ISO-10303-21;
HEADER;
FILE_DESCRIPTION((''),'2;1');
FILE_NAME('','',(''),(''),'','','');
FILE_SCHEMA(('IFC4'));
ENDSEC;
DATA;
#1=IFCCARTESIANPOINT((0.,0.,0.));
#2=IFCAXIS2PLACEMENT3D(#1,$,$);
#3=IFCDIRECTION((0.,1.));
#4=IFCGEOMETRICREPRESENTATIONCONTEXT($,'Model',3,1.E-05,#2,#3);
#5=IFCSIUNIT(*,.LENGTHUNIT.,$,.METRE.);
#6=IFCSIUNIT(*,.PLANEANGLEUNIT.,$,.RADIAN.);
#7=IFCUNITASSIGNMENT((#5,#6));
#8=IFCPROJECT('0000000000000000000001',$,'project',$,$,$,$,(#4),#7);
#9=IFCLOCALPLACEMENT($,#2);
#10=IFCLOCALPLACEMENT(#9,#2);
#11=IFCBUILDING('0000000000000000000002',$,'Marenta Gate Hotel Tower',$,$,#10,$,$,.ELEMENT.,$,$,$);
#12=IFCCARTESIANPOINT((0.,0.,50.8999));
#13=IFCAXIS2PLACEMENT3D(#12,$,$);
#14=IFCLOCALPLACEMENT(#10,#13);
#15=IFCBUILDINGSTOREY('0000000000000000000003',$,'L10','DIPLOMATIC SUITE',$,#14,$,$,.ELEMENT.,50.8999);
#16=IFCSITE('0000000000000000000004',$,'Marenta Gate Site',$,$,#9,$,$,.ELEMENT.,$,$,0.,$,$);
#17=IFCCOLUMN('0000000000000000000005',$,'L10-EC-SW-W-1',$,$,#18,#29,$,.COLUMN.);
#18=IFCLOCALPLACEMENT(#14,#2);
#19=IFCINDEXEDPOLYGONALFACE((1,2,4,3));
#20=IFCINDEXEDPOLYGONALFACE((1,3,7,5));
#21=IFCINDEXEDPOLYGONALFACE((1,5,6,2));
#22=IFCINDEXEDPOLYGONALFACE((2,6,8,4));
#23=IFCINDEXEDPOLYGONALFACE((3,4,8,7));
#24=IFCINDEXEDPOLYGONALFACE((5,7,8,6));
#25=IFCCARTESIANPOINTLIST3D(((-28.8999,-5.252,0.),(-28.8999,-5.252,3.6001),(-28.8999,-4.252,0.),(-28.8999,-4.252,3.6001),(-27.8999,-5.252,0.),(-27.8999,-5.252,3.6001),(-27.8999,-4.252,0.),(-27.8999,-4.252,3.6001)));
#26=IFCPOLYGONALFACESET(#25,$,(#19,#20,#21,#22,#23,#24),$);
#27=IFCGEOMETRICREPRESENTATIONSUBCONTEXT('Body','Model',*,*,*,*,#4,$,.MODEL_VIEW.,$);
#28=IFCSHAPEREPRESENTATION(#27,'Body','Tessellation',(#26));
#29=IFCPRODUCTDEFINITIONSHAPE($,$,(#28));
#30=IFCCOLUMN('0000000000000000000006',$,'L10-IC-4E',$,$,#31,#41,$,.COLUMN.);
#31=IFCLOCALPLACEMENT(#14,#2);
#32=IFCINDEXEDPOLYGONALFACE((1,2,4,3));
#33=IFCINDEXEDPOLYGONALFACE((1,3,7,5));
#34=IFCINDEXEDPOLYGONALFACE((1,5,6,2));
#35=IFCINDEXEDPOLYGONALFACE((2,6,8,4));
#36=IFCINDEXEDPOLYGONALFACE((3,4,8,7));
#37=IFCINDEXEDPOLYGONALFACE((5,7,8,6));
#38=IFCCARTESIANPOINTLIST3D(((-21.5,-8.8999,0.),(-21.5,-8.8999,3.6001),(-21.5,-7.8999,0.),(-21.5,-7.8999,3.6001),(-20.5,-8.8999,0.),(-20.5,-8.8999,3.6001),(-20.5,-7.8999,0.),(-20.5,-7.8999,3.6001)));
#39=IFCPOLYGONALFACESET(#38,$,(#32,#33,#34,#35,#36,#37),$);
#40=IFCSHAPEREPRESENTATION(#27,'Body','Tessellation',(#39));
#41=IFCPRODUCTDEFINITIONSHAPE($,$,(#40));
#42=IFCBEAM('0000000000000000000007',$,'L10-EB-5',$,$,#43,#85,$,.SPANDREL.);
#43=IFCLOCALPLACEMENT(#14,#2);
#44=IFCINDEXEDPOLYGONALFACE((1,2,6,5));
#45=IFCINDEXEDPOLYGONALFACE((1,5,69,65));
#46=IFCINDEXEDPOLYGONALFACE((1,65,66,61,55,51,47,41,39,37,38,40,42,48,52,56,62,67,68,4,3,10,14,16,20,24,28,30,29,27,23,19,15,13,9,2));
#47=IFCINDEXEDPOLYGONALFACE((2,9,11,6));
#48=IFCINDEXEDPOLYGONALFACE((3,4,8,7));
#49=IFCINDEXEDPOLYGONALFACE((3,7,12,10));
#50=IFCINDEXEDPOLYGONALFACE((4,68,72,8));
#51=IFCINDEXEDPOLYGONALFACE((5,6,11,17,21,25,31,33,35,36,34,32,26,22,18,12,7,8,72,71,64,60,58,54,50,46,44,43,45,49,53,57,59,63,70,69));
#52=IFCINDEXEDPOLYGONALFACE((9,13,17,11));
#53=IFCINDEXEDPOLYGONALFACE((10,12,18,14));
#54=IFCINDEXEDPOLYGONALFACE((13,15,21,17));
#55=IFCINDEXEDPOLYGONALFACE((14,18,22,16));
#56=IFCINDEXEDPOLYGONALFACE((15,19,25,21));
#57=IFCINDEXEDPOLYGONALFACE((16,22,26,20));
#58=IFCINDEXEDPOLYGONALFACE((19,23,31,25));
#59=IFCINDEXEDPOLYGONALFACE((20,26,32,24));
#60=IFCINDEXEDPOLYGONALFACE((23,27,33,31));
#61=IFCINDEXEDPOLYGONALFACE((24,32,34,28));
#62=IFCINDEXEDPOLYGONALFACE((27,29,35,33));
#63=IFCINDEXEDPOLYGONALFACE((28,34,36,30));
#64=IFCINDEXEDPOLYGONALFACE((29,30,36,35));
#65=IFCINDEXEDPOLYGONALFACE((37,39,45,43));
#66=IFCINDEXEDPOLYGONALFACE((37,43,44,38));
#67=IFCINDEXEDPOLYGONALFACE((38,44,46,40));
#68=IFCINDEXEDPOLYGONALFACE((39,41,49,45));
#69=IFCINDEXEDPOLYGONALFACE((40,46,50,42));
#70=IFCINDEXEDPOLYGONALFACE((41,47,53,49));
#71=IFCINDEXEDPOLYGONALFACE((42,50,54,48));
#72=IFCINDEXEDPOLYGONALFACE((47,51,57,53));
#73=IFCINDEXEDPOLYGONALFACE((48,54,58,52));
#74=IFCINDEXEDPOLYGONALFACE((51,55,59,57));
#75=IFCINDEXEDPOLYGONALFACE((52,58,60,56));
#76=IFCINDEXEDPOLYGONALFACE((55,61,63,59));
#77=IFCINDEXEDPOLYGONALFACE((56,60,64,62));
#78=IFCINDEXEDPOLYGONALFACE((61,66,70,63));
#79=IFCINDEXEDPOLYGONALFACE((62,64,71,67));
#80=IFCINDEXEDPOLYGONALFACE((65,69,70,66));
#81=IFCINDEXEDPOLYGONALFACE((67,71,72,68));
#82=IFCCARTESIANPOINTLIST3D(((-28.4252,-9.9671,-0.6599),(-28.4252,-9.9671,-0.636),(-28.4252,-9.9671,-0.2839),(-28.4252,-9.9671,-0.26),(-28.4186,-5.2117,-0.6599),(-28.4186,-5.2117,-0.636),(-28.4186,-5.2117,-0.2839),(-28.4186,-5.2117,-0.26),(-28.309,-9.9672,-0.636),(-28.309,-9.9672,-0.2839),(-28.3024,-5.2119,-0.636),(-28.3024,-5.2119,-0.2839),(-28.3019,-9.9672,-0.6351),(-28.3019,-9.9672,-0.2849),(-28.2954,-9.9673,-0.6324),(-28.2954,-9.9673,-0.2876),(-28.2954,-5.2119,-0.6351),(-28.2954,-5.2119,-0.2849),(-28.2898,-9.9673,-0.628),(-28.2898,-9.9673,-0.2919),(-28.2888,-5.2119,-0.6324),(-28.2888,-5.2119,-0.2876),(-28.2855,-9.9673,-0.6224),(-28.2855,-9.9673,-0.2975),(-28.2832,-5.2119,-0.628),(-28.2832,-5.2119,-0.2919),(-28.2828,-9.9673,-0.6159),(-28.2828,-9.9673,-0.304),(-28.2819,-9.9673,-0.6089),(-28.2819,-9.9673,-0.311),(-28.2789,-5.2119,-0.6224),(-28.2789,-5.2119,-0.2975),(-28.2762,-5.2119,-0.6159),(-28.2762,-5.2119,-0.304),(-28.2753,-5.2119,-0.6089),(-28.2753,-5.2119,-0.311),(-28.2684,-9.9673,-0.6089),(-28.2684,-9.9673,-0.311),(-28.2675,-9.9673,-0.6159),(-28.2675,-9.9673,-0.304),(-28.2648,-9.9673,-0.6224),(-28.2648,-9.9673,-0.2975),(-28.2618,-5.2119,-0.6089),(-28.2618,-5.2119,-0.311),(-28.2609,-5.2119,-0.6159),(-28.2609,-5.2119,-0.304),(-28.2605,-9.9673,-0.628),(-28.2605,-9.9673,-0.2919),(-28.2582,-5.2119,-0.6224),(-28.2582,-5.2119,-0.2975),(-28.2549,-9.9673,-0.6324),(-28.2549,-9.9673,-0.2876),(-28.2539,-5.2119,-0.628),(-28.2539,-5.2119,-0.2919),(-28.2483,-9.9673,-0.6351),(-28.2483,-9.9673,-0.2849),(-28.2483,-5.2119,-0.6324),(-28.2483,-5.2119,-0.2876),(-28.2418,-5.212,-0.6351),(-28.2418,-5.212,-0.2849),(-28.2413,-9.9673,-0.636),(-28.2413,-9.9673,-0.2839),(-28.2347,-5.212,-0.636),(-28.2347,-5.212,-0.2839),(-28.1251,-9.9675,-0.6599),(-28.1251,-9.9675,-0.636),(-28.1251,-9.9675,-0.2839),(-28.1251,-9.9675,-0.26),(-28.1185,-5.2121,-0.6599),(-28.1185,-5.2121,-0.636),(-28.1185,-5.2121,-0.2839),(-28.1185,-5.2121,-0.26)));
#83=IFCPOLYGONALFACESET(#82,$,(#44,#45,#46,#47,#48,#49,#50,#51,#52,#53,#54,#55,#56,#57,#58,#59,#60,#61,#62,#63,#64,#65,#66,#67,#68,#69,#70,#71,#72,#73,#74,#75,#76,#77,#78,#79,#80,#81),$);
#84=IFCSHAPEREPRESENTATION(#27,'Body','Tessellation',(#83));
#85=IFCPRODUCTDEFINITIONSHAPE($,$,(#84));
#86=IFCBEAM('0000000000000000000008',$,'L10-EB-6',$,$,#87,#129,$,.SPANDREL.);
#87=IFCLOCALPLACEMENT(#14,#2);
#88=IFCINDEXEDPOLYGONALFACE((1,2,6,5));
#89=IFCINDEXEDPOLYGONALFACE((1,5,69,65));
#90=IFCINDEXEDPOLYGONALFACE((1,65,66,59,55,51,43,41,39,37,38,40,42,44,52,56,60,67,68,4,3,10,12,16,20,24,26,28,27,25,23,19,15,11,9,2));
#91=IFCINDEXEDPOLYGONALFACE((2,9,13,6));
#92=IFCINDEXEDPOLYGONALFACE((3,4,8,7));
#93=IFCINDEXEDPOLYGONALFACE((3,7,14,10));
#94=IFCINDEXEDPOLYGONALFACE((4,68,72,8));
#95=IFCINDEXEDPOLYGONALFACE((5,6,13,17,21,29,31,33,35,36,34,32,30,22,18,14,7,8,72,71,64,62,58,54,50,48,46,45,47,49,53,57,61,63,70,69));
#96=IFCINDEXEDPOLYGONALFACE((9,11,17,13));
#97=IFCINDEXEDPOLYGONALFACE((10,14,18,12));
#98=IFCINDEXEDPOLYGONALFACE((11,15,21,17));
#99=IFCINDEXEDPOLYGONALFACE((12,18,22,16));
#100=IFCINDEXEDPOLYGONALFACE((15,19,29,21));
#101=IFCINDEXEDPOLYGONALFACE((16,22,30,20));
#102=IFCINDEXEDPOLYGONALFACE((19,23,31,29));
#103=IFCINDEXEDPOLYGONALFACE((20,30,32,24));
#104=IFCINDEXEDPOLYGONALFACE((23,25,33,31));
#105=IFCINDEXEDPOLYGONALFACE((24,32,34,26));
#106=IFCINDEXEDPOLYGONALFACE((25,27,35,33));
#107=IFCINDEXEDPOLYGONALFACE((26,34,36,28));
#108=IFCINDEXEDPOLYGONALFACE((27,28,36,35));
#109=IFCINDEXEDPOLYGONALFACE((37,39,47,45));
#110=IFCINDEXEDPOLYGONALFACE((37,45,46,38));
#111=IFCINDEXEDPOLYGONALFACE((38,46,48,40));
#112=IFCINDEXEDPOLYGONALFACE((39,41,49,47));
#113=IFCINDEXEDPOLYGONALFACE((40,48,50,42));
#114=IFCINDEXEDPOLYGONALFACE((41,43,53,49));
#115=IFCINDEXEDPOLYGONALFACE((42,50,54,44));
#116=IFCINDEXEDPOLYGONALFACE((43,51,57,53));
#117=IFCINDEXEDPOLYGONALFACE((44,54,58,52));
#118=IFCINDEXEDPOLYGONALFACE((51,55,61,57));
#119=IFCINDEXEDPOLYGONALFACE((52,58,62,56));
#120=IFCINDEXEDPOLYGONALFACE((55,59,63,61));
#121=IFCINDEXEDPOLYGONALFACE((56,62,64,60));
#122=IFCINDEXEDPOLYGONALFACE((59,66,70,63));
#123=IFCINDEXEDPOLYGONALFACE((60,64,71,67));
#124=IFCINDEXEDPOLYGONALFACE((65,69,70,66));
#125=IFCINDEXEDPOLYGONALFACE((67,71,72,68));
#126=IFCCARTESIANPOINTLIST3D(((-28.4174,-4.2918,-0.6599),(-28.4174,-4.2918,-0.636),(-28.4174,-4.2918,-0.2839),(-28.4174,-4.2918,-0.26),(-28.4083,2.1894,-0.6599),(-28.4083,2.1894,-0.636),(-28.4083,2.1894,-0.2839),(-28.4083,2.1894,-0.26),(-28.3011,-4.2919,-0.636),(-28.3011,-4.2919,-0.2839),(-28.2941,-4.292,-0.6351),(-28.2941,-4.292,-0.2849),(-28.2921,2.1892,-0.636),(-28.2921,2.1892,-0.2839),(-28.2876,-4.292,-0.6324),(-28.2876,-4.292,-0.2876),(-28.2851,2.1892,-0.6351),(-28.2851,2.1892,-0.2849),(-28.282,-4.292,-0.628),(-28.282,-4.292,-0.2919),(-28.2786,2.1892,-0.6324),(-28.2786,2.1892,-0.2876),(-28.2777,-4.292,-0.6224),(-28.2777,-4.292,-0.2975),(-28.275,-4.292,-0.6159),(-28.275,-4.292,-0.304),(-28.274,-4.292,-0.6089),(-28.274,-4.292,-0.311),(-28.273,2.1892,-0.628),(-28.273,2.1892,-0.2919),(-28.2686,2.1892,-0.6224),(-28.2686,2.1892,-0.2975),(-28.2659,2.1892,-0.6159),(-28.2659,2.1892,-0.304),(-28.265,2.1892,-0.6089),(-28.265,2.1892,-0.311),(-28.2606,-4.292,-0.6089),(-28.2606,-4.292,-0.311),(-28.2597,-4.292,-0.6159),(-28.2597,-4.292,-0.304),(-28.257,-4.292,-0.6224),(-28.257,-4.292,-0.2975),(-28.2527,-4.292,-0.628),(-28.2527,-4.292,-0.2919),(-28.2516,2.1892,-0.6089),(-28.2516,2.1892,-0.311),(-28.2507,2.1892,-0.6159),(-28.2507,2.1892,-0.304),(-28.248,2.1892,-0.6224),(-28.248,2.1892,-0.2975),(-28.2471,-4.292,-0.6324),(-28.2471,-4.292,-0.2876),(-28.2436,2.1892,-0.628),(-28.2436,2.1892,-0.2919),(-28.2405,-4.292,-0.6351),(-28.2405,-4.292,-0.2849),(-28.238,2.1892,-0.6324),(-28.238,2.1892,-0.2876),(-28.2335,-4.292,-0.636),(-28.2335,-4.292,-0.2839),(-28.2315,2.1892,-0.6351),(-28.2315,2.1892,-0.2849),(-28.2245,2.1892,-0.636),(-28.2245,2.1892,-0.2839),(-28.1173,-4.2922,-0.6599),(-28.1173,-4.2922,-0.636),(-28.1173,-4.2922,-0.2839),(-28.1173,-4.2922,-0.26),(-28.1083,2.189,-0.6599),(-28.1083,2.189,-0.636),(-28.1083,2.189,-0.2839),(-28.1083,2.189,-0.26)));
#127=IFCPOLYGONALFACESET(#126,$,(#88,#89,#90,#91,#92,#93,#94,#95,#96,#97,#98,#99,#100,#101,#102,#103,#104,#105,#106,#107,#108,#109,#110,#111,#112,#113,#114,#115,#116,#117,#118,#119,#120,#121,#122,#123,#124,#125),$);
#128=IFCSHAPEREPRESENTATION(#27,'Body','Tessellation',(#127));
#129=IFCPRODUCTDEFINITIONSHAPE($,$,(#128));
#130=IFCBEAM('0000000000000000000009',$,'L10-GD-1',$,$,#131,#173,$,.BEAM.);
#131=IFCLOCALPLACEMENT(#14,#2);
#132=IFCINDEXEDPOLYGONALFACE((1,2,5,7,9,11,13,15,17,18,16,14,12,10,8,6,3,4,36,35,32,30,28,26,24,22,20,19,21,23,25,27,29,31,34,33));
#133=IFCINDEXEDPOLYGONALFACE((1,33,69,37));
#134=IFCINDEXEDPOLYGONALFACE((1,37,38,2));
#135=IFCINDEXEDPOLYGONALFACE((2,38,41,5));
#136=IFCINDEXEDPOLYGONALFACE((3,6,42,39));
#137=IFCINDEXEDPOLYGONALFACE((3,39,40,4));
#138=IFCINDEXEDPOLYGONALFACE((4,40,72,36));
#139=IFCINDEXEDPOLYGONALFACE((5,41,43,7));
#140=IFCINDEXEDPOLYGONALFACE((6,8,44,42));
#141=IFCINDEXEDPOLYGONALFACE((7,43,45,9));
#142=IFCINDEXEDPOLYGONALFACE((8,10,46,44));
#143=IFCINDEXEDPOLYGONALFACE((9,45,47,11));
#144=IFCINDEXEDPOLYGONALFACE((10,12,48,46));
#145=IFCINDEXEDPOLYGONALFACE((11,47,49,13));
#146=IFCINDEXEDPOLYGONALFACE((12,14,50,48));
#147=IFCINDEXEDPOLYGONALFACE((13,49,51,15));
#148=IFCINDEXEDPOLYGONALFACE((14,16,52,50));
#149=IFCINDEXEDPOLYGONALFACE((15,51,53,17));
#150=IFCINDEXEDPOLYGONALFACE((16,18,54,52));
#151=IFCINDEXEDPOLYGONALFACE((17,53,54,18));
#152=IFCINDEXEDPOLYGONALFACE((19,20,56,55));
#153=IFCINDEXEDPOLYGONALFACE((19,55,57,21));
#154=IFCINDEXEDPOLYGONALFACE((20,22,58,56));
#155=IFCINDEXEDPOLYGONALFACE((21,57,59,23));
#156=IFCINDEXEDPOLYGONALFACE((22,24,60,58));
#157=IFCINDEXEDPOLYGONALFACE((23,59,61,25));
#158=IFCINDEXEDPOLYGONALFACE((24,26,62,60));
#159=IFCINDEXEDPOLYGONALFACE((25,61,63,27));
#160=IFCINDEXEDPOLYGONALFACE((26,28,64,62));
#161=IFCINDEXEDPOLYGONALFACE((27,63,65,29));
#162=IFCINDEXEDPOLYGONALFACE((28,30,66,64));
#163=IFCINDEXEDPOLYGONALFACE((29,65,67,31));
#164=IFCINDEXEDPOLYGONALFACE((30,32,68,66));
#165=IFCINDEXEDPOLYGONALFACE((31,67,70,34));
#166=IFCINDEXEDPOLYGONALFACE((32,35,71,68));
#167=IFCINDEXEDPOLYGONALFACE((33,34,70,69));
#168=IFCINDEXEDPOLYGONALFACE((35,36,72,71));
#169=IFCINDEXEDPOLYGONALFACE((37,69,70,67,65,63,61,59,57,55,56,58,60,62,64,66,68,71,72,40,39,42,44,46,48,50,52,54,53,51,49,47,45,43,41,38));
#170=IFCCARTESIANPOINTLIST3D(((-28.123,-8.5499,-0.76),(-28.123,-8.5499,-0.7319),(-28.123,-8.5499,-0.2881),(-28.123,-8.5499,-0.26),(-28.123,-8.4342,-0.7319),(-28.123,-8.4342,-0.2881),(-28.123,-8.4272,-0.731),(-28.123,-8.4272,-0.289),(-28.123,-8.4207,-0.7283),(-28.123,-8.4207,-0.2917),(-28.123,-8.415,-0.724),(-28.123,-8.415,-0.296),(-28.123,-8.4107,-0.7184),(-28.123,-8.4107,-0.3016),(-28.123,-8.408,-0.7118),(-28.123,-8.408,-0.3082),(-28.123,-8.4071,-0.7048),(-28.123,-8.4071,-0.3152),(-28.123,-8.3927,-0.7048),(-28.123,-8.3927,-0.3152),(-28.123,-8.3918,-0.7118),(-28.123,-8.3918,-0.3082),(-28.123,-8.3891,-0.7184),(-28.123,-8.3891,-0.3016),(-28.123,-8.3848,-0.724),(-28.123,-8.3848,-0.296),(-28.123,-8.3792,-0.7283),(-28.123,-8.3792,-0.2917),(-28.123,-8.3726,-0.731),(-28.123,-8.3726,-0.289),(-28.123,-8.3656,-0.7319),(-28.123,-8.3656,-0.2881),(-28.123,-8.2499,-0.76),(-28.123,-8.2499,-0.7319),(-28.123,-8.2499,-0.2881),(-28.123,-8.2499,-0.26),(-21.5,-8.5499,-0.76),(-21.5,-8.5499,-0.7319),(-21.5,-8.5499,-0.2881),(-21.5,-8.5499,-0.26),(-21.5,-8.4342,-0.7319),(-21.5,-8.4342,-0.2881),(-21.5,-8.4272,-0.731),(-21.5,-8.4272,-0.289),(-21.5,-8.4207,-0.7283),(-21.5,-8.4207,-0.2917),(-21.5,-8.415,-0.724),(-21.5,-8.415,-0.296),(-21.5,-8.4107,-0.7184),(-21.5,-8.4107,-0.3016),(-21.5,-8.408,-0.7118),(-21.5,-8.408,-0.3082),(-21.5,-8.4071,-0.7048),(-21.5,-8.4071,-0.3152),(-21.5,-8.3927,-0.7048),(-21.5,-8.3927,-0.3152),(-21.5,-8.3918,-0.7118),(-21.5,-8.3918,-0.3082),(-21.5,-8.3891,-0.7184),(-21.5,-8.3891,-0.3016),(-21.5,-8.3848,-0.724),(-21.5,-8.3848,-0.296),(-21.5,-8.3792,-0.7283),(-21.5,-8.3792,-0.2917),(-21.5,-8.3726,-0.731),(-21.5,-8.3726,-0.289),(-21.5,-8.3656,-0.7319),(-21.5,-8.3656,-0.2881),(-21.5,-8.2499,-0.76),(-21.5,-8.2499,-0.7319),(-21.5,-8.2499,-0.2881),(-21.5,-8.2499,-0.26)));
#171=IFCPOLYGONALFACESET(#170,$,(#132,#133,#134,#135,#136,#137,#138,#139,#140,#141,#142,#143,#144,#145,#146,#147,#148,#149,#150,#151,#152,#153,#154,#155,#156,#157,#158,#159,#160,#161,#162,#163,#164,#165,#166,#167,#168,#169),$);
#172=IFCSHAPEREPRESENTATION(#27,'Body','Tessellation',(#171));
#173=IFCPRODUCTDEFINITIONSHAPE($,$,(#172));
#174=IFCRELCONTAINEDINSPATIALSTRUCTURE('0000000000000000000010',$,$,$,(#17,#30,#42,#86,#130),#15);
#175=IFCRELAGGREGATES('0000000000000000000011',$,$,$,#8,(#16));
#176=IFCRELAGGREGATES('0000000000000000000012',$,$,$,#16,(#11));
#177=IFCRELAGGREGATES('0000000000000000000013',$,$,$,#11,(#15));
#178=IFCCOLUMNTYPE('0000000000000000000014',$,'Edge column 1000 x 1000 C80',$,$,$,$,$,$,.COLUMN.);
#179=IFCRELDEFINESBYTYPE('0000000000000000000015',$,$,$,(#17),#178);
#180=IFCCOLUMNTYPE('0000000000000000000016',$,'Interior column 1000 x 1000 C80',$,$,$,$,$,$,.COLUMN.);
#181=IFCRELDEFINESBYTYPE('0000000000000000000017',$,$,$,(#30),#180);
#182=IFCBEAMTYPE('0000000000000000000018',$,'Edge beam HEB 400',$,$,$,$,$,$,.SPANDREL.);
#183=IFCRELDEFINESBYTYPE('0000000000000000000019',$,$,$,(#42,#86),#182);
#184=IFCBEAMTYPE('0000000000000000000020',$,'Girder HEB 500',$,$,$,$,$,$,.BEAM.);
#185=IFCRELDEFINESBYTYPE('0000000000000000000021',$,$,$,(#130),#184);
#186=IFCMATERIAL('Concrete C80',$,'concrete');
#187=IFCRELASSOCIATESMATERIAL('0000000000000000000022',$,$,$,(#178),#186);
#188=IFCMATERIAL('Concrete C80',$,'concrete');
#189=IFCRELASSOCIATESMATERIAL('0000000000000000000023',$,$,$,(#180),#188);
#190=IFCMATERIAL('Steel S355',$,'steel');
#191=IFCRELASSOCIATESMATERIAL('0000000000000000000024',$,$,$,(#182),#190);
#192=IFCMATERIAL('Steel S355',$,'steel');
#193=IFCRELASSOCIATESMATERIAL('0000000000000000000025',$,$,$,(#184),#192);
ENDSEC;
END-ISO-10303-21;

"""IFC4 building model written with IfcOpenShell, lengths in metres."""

from ifc_helpers import new_model, si_unit, direction, frame, origin, origin_2d, place, context, subcontext, project, spatial, rectangle, i_section, extrude, material, material_profile, profile_set, type_object, element, save


model = new_model("IFC4")

# Units and contexts
model_context = context("Model", 3, precision=1e-05, world=origin(), true_north=direction((0.0, 1.0)))
body_context = subcontext(model_context, "Body", "Model", "MODEL_VIEW")
ifc_project = project(units=[si_unit("LENGTHUNIT", "METRE"), si_unit("PLANEANGLEUNIT", "RADIAN")], contexts=[model_context])

# Site, building, storey
site_placement = place(None, origin())
site = spatial("IfcSite", under=ifc_project, at=site_placement, Name="Marenta Gate Site", CompositionType="ELEMENT", RefElevation=0.0)
building_placement = place(site_placement, origin())
building = spatial("IfcBuilding", under=site, at=building_placement, Name="Marenta Gate Hotel Tower", CompositionType="ELEMENT")
storey_placement = place(building_placement, frame((0.0, 0.0, 50.8999)))
storey = spatial("IfcBuildingStorey", under=building, at=storey_placement, Name="L10", Description="DIPLOMATIC SUITE", CompositionType="ELEMENT", Elevation=50.8999)

# Columns
ifc_material_1 = material(Name="Concrete C80", Category="concrete")
ifc_material_profile_1 = material_profile(ifc_material_1, rectangle(XDim=1.0, YDim=1.0, at=origin_2d()), Name="1000 x 1000")
ifc_profile_set_1 = profile_set([ifc_material_profile_1], Name="Concrete C80")
column_type_1 = type_object("IfcColumnType", Name="Edge column 1000 x 1000 C80", PredefinedType="COLUMN", material=ifc_profile_set_1)
column_1_placement = place(storey_placement, frame((-28.3999, -4.752, 0.0), z_axis=(0.0, 0.0, 1.0), x_axis=(1.0, 0.0, 0.0)))
element("IfcColumn", 1, at=column_1_placement, inside=storey, type_object=column_type_1, Name="L10-EC-SW-W-1", PredefinedType="COLUMN", context=body_context, shape_type="SweptSolid", body=[
    extrude(rectangle(XDim=1.0, YDim=1.0, at=origin_2d()), origin(), (0.0, 0.0, 1.0), 3.6001),
])
ifc_material_2 = material(Name="Concrete C80", Category="concrete")
ifc_material_profile_2 = material_profile(ifc_material_2, rectangle(XDim=1.0, YDim=1.0, at=origin_2d()), Name="1000 x 1000")
ifc_profile_set_2 = profile_set([ifc_material_profile_2], Name="Concrete C80")
column_type_2 = type_object("IfcColumnType", Name="Interior column 1000 x 1000 C80", PredefinedType="COLUMN", material=ifc_profile_set_2)
column_2_placement = place(storey_placement, frame((-21.0, -8.3999, 0.0), z_axis=(0.0, 0.0, 1.0), x_axis=(1.0, 0.0, 0.0)))
element("IfcColumn", 2, at=column_2_placement, inside=storey, type_object=column_type_2, Name="L10-IC-4E", PredefinedType="COLUMN", context=body_context, shape_type="SweptSolid", body=[
    extrude(rectangle(XDim=1.0, YDim=1.0, at=origin_2d()), origin(), (0.0, 0.0, 1.0), 3.6001),
])

# Beams
ifc_material_3 = material(Name="Steel S355", Category="steel")
ifc_material_profile_3 = material_profile(ifc_material_3, i_section(OverallWidth=0.3, OverallDepth=0.3999, WebThickness=0.0134, FlangeThickness=0.0239, FilletRadius=0.0271, at=origin_2d()), Name="HEB 400")
ifc_profile_set_3 = profile_set([ifc_material_profile_3], Name="Steel S355")
beam_type_1 = type_object("IfcBeamType", Name="Edge beam HEB 400", PredefinedType="SPANDREL", material=ifc_profile_set_3)
beam_1_placement = place(storey_placement, frame((-28.2751, -9.9673, -0.46), z_axis=(0.001386, 0.999999, 0.0), x_axis=(-0.999999, 0.001386, 0.0)))
element("IfcBeam", 3, at=beam_1_placement, inside=storey, type_object=beam_type_1, Name="L10-EB-5", PredefinedType="SPANDREL", context=body_context, shape_type="SweptSolid", body=[
    extrude(i_section(OverallWidth=0.3, OverallDepth=0.3999, WebThickness=0.0134, FlangeThickness=0.0239, FilletRadius=0.0271, at=origin_2d()), origin(), (0.0, 0.0, 1.0), 4.7554),
])
beam_2_placement = place(storey_placement, frame((-28.2673, -4.292, -0.46), z_axis=(0.001394, 0.999999, 0.0), x_axis=(-0.999999, 0.001394, 0.0)))
element("IfcBeam", 4, at=beam_2_placement, inside=storey, type_object=beam_type_1, Name="L10-EB-6", PredefinedType="SPANDREL", context=body_context, shape_type="SweptSolid", body=[
    extrude(i_section(OverallWidth=0.3, OverallDepth=0.3999, WebThickness=0.0134, FlangeThickness=0.0239, FilletRadius=0.0271, at=origin_2d()), origin(), (0.0, 0.0, 1.0), 6.4812),
])
ifc_material_4 = material(Name="Steel S355", Category="steel")
ifc_material_profile_4 = material_profile(ifc_material_4, i_section(OverallWidth=0.3, OverallDepth=0.5, WebThickness=0.0144, FlangeThickness=0.0281, FilletRadius=0.0271, at=origin_2d()), Name="HEB 500")
ifc_profile_set_4 = profile_set([ifc_material_profile_4], Name="Steel S355")
beam_type_2 = type_object("IfcBeamType", Name="Girder HEB 500", PredefinedType="BEAM", material=ifc_profile_set_4)
beam_3_placement = place(storey_placement, frame((-28.123, -8.3999, -0.51), z_axis=(1.0, 0.0, 0.0), x_axis=(0.0, 1.0, 0.0)))
element("IfcBeam", 5, at=beam_3_placement, inside=storey, type_object=beam_type_2, Name="L10-GD-1", PredefinedType="BEAM", context=body_context, shape_type="SweptSolid", body=[
    extrude(i_section(OverallWidth=0.3, OverallDepth=0.5, WebThickness=0.0144, FlangeThickness=0.0281, FilletRadius=0.0271, at=origin_2d()), origin(), (0.0, 0.0, 1.0), 6.623),
])

save(model, "model.ifc")
